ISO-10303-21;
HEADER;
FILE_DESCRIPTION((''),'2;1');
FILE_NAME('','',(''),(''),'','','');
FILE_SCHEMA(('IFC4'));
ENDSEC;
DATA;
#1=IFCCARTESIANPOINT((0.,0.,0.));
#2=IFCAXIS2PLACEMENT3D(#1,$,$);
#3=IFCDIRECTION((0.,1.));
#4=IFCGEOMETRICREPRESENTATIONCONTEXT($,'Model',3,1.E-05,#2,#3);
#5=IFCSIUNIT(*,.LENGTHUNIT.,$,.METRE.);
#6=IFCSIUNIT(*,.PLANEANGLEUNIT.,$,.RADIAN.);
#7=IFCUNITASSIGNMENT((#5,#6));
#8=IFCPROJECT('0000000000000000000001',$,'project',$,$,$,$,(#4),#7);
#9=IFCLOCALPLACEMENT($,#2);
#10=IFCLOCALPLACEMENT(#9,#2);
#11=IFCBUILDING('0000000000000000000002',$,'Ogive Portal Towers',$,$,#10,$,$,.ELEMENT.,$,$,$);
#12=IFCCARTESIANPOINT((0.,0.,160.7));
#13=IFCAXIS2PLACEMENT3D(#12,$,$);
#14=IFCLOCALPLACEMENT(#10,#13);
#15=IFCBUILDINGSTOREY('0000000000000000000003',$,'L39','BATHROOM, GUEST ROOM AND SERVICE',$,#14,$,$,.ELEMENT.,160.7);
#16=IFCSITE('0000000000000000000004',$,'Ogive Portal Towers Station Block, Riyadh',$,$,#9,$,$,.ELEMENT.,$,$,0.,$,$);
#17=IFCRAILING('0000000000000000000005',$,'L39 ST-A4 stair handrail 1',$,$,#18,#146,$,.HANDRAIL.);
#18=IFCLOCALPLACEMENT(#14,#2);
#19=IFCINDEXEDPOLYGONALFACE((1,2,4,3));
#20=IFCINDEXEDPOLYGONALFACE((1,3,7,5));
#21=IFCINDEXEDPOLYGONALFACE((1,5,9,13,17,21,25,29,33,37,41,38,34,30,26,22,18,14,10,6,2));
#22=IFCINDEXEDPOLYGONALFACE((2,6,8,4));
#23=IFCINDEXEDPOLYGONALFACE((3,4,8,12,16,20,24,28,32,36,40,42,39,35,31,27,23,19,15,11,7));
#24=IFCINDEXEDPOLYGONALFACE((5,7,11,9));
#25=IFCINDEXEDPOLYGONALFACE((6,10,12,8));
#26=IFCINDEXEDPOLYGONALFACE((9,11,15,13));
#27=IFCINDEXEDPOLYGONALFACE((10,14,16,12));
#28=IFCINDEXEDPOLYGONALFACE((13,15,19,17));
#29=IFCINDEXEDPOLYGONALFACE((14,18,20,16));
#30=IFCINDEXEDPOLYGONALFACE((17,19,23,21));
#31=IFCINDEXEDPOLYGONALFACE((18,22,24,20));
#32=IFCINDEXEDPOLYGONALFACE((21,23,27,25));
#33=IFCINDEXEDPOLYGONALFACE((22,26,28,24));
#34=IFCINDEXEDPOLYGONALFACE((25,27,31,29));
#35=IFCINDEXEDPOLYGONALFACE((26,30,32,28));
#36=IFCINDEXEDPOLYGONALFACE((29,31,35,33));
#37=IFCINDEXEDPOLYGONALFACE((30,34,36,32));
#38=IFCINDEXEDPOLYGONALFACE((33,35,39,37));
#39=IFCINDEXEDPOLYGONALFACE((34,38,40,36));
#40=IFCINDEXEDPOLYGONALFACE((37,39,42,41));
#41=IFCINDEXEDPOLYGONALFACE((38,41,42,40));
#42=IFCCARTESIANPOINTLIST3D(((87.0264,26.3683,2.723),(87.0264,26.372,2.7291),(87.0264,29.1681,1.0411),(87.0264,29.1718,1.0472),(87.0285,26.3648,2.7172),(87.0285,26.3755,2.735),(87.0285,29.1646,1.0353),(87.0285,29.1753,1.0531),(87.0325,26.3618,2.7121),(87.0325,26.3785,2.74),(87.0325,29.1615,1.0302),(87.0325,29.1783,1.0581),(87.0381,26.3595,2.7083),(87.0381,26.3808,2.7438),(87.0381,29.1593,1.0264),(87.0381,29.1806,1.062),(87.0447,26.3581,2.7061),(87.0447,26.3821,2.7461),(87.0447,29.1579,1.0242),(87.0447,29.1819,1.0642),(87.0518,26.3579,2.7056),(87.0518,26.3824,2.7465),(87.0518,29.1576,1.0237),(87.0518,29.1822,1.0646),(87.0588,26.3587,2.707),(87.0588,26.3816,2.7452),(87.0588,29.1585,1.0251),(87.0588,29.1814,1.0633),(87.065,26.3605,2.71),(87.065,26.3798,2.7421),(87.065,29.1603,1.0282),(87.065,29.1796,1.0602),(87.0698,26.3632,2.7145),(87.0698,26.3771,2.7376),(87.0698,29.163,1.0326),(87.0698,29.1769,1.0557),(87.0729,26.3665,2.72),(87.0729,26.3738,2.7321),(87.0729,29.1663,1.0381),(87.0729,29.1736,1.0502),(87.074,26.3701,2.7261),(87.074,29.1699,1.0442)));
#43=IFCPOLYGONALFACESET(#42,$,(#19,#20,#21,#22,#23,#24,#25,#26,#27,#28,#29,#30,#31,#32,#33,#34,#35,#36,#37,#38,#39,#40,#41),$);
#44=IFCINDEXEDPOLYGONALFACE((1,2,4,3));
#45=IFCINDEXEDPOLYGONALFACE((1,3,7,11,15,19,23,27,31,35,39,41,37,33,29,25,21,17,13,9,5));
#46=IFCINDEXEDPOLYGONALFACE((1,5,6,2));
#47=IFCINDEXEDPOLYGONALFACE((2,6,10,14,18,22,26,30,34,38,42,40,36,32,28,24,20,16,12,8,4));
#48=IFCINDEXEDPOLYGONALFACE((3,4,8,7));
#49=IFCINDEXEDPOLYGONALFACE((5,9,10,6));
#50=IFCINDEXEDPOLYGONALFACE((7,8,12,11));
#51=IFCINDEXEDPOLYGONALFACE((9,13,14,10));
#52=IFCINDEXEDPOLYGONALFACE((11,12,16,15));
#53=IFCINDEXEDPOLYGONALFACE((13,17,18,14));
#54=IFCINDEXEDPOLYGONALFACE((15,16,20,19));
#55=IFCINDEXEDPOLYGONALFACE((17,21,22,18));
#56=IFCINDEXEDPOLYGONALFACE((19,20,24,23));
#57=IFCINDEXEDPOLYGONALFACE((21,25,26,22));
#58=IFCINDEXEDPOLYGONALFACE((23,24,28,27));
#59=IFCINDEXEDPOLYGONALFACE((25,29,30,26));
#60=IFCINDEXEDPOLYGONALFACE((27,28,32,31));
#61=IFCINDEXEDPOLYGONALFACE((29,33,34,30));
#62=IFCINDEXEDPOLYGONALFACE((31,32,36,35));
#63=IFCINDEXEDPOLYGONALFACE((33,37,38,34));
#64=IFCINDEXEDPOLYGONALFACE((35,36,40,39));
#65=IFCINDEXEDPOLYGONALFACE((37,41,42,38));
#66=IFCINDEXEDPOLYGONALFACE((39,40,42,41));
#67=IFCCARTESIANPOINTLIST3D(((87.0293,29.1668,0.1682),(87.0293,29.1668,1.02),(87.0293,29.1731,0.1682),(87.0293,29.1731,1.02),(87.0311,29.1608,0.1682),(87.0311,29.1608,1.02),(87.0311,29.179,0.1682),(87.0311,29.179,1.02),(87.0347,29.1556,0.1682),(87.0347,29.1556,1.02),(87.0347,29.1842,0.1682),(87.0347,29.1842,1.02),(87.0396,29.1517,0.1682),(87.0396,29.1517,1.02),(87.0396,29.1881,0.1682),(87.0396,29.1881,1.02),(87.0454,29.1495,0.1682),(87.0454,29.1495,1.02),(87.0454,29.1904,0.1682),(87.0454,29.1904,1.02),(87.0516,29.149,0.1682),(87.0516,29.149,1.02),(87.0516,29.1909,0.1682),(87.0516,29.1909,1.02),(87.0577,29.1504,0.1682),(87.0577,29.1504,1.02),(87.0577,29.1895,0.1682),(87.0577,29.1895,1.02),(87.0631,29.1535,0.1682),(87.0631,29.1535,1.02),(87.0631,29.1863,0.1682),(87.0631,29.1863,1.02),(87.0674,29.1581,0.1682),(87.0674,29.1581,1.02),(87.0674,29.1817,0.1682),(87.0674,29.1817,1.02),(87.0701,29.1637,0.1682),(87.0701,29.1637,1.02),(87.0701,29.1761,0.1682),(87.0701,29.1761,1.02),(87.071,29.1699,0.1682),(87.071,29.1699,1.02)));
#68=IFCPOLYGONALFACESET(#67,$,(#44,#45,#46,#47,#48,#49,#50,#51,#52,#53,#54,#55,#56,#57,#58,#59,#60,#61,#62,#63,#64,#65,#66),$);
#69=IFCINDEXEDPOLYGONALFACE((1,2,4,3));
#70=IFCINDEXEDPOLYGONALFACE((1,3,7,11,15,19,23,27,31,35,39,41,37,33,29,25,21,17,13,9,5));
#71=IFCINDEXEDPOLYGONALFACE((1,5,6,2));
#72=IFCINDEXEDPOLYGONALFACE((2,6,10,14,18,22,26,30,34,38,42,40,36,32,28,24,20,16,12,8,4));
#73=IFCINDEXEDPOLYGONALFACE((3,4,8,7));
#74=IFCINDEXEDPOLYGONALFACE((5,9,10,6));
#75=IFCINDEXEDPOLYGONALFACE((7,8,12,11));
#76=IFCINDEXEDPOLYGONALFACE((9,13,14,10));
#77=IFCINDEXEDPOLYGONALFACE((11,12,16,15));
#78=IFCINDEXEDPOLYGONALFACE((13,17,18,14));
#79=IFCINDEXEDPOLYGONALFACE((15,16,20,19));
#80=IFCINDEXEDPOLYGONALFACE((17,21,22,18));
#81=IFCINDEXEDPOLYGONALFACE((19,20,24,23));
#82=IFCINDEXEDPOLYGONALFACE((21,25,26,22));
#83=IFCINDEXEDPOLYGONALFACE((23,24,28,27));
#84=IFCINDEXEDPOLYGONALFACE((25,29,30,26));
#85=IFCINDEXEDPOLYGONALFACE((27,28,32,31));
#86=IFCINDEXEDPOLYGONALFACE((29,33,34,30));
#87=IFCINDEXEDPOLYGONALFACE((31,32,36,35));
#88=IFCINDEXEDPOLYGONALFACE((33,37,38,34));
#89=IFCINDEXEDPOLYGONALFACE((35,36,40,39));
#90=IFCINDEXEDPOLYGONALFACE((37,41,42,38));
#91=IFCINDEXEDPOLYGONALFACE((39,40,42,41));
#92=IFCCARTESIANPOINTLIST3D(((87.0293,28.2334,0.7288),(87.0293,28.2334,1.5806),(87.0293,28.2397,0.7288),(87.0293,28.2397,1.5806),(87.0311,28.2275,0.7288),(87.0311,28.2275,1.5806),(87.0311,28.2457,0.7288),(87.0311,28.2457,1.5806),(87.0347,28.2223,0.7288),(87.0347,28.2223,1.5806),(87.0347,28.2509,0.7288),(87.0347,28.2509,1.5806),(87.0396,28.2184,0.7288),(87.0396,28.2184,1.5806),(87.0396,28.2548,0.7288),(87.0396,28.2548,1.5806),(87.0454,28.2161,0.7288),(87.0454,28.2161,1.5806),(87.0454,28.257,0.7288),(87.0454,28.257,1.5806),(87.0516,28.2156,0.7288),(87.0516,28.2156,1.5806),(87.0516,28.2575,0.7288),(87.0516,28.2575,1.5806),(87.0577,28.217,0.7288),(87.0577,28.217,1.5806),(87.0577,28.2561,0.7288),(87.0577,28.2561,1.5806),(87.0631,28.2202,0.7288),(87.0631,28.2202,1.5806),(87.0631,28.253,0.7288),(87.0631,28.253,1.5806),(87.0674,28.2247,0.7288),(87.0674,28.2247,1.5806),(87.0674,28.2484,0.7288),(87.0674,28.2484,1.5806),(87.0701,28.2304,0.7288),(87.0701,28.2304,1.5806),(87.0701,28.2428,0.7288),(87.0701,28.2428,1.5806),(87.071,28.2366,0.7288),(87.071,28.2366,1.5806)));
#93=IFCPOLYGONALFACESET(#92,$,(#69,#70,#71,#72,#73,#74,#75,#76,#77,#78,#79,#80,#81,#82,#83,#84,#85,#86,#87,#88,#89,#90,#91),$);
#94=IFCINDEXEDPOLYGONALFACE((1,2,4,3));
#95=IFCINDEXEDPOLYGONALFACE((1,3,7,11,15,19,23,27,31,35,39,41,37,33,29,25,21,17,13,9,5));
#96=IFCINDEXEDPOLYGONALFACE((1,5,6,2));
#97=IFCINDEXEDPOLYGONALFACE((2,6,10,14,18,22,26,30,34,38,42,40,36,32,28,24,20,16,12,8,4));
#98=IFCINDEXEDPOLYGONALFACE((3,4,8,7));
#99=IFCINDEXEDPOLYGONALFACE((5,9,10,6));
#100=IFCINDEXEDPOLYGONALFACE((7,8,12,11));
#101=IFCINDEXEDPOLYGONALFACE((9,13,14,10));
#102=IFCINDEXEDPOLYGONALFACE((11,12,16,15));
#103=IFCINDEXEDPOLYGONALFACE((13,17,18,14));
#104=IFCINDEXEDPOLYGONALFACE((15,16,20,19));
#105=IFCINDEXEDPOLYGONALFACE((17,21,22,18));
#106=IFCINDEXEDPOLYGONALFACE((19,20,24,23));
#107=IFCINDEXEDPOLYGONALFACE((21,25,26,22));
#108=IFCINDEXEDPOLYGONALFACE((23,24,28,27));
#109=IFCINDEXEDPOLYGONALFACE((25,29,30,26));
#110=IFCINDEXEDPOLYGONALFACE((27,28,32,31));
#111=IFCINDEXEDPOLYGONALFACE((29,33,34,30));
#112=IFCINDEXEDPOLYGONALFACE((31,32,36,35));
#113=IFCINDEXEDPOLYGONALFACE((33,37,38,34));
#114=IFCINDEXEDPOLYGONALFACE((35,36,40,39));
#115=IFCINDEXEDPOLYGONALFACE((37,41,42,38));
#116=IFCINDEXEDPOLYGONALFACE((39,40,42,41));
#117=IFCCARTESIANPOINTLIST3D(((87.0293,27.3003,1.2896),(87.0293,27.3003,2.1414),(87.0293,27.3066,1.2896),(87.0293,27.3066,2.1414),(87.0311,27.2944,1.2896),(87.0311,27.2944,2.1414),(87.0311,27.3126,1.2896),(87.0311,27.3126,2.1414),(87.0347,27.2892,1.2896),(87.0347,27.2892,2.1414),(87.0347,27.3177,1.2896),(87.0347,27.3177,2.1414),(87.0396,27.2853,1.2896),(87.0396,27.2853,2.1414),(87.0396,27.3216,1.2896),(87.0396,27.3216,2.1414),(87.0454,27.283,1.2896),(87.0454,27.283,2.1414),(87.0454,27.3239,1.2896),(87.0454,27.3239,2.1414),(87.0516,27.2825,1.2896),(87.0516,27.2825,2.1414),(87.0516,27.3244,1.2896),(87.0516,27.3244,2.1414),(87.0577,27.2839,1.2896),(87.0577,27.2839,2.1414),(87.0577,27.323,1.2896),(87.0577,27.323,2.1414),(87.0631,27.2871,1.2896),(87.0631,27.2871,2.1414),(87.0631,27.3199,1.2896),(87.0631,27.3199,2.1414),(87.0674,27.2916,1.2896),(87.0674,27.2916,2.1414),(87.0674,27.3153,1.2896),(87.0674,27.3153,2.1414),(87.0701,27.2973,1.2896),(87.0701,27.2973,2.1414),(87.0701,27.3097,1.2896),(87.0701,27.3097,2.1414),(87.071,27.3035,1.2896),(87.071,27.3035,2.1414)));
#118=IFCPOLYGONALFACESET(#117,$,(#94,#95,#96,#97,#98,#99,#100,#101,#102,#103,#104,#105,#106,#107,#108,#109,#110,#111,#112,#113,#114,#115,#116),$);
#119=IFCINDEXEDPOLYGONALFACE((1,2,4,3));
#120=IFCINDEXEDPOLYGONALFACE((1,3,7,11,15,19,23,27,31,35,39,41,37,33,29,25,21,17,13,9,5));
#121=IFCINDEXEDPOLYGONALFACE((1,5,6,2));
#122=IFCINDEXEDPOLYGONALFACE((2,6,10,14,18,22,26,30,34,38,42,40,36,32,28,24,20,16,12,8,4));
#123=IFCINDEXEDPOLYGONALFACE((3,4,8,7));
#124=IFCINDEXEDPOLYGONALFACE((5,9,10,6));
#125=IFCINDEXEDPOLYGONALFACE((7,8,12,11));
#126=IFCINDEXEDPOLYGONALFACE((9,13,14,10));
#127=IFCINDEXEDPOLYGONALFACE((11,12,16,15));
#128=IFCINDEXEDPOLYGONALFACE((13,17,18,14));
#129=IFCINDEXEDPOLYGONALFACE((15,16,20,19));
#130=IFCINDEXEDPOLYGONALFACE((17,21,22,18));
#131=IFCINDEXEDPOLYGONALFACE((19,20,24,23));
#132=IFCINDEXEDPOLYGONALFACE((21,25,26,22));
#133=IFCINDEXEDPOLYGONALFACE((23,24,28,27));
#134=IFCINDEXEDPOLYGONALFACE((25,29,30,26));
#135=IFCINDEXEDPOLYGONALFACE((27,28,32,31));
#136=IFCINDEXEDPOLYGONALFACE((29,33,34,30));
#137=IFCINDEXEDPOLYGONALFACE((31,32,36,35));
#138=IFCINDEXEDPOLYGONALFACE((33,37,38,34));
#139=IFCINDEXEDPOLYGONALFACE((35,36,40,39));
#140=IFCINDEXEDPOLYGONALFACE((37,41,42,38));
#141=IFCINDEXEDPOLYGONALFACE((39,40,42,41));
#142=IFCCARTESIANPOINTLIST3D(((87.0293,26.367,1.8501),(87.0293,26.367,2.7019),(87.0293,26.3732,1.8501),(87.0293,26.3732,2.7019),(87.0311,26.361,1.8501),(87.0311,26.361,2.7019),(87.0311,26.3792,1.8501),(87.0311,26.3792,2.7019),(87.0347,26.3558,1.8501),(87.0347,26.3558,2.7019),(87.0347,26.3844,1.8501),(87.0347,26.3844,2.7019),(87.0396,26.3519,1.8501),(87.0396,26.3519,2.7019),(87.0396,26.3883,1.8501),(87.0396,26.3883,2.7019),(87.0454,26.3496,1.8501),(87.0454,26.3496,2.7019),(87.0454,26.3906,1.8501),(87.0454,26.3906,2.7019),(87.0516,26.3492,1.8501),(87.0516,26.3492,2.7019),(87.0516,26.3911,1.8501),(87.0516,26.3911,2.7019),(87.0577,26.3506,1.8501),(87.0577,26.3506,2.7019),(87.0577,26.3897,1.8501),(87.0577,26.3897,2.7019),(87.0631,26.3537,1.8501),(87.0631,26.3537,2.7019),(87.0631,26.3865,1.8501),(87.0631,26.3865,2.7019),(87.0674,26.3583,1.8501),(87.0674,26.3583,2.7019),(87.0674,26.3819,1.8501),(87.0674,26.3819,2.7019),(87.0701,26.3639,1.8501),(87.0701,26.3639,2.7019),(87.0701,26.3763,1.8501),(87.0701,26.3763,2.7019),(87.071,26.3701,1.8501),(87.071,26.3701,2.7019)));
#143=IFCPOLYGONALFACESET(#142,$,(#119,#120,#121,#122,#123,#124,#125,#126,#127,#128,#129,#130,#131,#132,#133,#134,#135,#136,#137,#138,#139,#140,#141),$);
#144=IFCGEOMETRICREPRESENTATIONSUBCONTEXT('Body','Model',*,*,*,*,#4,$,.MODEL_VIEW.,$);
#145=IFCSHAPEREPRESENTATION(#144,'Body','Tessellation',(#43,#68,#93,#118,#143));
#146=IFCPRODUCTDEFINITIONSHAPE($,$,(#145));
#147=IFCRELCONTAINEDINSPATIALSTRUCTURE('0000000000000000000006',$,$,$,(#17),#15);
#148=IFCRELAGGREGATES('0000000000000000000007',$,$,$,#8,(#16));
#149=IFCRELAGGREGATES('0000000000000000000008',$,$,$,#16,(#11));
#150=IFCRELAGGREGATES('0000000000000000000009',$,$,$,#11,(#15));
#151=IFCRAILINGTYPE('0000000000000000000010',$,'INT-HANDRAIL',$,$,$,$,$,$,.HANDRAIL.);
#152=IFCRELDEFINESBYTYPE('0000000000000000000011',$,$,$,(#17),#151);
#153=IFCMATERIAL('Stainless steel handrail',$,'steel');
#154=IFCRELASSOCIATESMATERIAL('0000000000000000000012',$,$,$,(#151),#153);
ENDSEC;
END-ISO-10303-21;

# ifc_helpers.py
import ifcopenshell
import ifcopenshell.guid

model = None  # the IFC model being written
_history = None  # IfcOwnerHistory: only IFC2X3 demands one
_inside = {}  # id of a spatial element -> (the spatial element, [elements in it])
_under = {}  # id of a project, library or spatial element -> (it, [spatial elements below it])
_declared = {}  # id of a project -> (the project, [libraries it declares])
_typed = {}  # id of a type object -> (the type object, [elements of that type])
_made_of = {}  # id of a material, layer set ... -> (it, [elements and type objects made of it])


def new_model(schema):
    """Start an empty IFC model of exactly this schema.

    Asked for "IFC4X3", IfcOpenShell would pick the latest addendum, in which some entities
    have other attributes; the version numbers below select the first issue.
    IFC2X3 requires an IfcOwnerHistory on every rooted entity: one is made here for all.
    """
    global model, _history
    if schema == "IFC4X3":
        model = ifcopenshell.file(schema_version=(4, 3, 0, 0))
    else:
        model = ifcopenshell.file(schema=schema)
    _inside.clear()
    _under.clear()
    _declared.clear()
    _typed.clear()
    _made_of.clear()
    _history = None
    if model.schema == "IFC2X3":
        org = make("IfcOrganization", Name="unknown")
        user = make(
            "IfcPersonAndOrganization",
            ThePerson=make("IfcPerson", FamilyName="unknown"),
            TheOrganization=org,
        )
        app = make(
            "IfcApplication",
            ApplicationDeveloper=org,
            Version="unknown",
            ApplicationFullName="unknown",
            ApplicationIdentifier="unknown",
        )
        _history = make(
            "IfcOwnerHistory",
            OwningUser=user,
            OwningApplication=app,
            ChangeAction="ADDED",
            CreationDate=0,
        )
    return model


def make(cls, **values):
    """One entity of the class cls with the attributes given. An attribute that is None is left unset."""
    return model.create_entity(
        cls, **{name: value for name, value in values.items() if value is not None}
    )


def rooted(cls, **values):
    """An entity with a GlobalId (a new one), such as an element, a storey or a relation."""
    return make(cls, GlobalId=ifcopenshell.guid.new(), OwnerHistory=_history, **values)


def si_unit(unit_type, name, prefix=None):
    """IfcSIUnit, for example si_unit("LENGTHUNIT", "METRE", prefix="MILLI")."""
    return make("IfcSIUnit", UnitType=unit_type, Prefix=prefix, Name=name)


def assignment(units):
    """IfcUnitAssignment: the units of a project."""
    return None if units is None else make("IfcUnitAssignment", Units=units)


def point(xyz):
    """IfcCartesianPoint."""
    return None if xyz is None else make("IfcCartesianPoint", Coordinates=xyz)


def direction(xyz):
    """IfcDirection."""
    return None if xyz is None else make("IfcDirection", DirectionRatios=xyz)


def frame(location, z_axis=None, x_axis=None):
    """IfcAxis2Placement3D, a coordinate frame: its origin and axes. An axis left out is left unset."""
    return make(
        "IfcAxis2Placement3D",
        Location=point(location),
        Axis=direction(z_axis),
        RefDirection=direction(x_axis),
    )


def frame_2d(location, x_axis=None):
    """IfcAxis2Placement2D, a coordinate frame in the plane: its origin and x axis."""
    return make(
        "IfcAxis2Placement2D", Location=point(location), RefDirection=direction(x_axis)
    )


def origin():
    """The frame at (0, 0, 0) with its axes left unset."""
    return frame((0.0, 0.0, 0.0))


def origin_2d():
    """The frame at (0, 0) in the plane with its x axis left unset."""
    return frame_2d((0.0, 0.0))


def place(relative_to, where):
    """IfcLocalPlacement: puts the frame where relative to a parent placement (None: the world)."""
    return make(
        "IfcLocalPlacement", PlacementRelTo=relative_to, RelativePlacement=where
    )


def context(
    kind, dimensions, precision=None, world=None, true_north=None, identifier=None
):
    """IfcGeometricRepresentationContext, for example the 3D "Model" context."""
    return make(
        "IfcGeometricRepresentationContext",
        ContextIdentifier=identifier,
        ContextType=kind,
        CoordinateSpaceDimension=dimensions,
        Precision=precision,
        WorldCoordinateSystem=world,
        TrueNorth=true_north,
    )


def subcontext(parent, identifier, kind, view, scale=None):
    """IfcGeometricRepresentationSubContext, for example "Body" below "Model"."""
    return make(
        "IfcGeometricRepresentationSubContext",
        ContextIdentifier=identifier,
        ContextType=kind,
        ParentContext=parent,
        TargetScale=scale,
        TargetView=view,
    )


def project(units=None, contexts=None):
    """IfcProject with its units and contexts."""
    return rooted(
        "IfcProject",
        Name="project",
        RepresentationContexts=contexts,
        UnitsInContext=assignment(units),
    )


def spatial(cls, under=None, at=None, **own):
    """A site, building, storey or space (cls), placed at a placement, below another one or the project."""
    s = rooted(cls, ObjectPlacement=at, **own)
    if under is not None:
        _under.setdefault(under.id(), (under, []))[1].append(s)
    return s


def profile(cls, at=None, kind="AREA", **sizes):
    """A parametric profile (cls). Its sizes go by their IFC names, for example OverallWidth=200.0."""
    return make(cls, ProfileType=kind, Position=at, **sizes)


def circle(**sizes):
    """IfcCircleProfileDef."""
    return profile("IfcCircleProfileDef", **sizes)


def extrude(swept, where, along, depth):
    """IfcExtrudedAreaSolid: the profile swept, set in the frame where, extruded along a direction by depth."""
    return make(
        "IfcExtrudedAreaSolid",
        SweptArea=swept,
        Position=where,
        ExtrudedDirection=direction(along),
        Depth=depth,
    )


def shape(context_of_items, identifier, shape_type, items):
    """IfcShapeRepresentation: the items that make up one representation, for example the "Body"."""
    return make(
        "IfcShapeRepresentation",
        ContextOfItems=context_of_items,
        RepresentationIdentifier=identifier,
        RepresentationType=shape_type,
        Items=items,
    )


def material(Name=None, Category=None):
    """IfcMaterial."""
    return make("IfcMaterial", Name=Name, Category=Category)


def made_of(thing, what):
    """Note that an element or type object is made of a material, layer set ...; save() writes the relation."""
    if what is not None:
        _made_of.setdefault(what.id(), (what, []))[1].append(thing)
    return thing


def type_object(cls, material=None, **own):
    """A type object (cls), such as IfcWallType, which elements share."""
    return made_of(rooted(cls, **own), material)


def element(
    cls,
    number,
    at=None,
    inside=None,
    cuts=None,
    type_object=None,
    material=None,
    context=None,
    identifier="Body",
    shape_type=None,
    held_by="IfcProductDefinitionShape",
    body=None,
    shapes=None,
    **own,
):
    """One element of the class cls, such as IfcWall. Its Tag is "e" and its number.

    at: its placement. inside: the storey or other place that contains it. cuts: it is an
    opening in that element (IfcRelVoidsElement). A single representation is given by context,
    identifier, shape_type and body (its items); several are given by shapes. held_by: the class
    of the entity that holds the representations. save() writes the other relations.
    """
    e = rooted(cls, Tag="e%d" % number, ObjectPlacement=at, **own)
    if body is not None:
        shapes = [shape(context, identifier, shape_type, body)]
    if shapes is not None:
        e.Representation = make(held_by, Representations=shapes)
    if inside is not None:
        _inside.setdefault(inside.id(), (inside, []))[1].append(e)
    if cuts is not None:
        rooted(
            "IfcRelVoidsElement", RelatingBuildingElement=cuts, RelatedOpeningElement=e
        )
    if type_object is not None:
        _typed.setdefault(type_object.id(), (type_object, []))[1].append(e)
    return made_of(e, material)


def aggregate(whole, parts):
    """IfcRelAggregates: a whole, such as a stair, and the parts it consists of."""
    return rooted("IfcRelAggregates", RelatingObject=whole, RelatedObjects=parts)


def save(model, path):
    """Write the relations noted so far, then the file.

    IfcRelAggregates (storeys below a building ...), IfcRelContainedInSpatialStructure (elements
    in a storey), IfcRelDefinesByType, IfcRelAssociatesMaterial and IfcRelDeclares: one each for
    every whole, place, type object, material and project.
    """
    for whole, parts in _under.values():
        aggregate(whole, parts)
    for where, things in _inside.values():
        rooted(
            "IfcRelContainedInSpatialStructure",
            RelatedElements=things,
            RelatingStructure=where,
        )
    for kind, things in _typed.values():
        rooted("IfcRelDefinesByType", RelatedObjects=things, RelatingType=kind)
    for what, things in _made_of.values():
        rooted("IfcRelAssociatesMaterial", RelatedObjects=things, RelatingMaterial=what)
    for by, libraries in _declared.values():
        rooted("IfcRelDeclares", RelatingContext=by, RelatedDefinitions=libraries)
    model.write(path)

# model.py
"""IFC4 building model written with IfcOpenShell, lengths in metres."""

from ifc_helpers import new_model, si_unit, direction, frame, origin, origin_2d, place, context, subcontext, project, spatial, circle, extrude, material, type_object, element, save


model = new_model("IFC4")

# Units and contexts
model_context = context("Model", 3, precision=1e-05, world=origin(), true_north=direction((0.0, 1.0)))
body_context = subcontext(model_context, "Body", "Model", "MODEL_VIEW")
ifc_project = project(units=[si_unit("LENGTHUNIT", "METRE"), si_unit("PLANEANGLEUNIT", "RADIAN")], contexts=[model_context])

# Site, building, storey
site_placement = place(None, origin())
site = spatial("IfcSite", under=ifc_project, at=site_placement, Name="Ogive Portal Towers Station Block, Riyadh", CompositionType="ELEMENT", RefElevation=0.0)
building_placement = place(site_placement, origin())
building = spatial("IfcBuilding", under=site, at=building_placement, Name="Ogive Portal Towers", CompositionType="ELEMENT")
storey_placement = place(building_placement, frame((0.0, 0.0, 160.7)))
storey = spatial("IfcBuildingStorey", under=building, at=storey_placement, Name="L39", Description="BATHROOM, GUEST ROOM AND SERVICE", CompositionType="ELEMENT", Elevation=160.7)

# Railing
ifc_material_1 = material(Name="Stainless steel handrail", Category="steel")
railing_type_1 = type_object("IfcRailingType", Name="INT-HANDRAIL", PredefinedType="HANDRAIL", material=ifc_material_1)
railing_1_placement = place(storey_placement, frame((87.05, 29.1699, 0.1682)))
element("IfcRailing", 1, at=railing_1_placement, inside=storey, type_object=railing_type_1, Name="L39 ST-A4 stair handrail 1", PredefinedType="HANDRAIL", context=body_context, shape_type="SweptSolid", body=[
    extrude(circle(Radius=0.0239, at=origin_2d()), frame((0.0, 0.0, 0.876), z_axis=(0.0, -0.857222, 0.514946), x_axis=(1.0, 0.0, 0.0)), (0.0, 0.0, 1.0), 3.2661),
    extrude(circle(Radius=0.021, at=origin_2d()), origin(), (0.0, 0.0, 1.0), 0.8518),
    extrude(circle(Radius=0.021, at=origin_2d()), frame((0.0, -0.9333, 0.5605)), (0.0, 0.0, 1.0), 0.8518),
    extrude(circle(Radius=0.021, at=origin_2d()), frame((0.0, -1.8665, 1.1213)), (0.0, 0.0, 1.0), 0.8518),
    extrude(circle(Radius=0.021, at=origin_2d()), frame((0.0, -2.7998, 1.6819)), (0.0, 0.0, 1.0), 0.8518),
])

save(model, "model.ifc")
